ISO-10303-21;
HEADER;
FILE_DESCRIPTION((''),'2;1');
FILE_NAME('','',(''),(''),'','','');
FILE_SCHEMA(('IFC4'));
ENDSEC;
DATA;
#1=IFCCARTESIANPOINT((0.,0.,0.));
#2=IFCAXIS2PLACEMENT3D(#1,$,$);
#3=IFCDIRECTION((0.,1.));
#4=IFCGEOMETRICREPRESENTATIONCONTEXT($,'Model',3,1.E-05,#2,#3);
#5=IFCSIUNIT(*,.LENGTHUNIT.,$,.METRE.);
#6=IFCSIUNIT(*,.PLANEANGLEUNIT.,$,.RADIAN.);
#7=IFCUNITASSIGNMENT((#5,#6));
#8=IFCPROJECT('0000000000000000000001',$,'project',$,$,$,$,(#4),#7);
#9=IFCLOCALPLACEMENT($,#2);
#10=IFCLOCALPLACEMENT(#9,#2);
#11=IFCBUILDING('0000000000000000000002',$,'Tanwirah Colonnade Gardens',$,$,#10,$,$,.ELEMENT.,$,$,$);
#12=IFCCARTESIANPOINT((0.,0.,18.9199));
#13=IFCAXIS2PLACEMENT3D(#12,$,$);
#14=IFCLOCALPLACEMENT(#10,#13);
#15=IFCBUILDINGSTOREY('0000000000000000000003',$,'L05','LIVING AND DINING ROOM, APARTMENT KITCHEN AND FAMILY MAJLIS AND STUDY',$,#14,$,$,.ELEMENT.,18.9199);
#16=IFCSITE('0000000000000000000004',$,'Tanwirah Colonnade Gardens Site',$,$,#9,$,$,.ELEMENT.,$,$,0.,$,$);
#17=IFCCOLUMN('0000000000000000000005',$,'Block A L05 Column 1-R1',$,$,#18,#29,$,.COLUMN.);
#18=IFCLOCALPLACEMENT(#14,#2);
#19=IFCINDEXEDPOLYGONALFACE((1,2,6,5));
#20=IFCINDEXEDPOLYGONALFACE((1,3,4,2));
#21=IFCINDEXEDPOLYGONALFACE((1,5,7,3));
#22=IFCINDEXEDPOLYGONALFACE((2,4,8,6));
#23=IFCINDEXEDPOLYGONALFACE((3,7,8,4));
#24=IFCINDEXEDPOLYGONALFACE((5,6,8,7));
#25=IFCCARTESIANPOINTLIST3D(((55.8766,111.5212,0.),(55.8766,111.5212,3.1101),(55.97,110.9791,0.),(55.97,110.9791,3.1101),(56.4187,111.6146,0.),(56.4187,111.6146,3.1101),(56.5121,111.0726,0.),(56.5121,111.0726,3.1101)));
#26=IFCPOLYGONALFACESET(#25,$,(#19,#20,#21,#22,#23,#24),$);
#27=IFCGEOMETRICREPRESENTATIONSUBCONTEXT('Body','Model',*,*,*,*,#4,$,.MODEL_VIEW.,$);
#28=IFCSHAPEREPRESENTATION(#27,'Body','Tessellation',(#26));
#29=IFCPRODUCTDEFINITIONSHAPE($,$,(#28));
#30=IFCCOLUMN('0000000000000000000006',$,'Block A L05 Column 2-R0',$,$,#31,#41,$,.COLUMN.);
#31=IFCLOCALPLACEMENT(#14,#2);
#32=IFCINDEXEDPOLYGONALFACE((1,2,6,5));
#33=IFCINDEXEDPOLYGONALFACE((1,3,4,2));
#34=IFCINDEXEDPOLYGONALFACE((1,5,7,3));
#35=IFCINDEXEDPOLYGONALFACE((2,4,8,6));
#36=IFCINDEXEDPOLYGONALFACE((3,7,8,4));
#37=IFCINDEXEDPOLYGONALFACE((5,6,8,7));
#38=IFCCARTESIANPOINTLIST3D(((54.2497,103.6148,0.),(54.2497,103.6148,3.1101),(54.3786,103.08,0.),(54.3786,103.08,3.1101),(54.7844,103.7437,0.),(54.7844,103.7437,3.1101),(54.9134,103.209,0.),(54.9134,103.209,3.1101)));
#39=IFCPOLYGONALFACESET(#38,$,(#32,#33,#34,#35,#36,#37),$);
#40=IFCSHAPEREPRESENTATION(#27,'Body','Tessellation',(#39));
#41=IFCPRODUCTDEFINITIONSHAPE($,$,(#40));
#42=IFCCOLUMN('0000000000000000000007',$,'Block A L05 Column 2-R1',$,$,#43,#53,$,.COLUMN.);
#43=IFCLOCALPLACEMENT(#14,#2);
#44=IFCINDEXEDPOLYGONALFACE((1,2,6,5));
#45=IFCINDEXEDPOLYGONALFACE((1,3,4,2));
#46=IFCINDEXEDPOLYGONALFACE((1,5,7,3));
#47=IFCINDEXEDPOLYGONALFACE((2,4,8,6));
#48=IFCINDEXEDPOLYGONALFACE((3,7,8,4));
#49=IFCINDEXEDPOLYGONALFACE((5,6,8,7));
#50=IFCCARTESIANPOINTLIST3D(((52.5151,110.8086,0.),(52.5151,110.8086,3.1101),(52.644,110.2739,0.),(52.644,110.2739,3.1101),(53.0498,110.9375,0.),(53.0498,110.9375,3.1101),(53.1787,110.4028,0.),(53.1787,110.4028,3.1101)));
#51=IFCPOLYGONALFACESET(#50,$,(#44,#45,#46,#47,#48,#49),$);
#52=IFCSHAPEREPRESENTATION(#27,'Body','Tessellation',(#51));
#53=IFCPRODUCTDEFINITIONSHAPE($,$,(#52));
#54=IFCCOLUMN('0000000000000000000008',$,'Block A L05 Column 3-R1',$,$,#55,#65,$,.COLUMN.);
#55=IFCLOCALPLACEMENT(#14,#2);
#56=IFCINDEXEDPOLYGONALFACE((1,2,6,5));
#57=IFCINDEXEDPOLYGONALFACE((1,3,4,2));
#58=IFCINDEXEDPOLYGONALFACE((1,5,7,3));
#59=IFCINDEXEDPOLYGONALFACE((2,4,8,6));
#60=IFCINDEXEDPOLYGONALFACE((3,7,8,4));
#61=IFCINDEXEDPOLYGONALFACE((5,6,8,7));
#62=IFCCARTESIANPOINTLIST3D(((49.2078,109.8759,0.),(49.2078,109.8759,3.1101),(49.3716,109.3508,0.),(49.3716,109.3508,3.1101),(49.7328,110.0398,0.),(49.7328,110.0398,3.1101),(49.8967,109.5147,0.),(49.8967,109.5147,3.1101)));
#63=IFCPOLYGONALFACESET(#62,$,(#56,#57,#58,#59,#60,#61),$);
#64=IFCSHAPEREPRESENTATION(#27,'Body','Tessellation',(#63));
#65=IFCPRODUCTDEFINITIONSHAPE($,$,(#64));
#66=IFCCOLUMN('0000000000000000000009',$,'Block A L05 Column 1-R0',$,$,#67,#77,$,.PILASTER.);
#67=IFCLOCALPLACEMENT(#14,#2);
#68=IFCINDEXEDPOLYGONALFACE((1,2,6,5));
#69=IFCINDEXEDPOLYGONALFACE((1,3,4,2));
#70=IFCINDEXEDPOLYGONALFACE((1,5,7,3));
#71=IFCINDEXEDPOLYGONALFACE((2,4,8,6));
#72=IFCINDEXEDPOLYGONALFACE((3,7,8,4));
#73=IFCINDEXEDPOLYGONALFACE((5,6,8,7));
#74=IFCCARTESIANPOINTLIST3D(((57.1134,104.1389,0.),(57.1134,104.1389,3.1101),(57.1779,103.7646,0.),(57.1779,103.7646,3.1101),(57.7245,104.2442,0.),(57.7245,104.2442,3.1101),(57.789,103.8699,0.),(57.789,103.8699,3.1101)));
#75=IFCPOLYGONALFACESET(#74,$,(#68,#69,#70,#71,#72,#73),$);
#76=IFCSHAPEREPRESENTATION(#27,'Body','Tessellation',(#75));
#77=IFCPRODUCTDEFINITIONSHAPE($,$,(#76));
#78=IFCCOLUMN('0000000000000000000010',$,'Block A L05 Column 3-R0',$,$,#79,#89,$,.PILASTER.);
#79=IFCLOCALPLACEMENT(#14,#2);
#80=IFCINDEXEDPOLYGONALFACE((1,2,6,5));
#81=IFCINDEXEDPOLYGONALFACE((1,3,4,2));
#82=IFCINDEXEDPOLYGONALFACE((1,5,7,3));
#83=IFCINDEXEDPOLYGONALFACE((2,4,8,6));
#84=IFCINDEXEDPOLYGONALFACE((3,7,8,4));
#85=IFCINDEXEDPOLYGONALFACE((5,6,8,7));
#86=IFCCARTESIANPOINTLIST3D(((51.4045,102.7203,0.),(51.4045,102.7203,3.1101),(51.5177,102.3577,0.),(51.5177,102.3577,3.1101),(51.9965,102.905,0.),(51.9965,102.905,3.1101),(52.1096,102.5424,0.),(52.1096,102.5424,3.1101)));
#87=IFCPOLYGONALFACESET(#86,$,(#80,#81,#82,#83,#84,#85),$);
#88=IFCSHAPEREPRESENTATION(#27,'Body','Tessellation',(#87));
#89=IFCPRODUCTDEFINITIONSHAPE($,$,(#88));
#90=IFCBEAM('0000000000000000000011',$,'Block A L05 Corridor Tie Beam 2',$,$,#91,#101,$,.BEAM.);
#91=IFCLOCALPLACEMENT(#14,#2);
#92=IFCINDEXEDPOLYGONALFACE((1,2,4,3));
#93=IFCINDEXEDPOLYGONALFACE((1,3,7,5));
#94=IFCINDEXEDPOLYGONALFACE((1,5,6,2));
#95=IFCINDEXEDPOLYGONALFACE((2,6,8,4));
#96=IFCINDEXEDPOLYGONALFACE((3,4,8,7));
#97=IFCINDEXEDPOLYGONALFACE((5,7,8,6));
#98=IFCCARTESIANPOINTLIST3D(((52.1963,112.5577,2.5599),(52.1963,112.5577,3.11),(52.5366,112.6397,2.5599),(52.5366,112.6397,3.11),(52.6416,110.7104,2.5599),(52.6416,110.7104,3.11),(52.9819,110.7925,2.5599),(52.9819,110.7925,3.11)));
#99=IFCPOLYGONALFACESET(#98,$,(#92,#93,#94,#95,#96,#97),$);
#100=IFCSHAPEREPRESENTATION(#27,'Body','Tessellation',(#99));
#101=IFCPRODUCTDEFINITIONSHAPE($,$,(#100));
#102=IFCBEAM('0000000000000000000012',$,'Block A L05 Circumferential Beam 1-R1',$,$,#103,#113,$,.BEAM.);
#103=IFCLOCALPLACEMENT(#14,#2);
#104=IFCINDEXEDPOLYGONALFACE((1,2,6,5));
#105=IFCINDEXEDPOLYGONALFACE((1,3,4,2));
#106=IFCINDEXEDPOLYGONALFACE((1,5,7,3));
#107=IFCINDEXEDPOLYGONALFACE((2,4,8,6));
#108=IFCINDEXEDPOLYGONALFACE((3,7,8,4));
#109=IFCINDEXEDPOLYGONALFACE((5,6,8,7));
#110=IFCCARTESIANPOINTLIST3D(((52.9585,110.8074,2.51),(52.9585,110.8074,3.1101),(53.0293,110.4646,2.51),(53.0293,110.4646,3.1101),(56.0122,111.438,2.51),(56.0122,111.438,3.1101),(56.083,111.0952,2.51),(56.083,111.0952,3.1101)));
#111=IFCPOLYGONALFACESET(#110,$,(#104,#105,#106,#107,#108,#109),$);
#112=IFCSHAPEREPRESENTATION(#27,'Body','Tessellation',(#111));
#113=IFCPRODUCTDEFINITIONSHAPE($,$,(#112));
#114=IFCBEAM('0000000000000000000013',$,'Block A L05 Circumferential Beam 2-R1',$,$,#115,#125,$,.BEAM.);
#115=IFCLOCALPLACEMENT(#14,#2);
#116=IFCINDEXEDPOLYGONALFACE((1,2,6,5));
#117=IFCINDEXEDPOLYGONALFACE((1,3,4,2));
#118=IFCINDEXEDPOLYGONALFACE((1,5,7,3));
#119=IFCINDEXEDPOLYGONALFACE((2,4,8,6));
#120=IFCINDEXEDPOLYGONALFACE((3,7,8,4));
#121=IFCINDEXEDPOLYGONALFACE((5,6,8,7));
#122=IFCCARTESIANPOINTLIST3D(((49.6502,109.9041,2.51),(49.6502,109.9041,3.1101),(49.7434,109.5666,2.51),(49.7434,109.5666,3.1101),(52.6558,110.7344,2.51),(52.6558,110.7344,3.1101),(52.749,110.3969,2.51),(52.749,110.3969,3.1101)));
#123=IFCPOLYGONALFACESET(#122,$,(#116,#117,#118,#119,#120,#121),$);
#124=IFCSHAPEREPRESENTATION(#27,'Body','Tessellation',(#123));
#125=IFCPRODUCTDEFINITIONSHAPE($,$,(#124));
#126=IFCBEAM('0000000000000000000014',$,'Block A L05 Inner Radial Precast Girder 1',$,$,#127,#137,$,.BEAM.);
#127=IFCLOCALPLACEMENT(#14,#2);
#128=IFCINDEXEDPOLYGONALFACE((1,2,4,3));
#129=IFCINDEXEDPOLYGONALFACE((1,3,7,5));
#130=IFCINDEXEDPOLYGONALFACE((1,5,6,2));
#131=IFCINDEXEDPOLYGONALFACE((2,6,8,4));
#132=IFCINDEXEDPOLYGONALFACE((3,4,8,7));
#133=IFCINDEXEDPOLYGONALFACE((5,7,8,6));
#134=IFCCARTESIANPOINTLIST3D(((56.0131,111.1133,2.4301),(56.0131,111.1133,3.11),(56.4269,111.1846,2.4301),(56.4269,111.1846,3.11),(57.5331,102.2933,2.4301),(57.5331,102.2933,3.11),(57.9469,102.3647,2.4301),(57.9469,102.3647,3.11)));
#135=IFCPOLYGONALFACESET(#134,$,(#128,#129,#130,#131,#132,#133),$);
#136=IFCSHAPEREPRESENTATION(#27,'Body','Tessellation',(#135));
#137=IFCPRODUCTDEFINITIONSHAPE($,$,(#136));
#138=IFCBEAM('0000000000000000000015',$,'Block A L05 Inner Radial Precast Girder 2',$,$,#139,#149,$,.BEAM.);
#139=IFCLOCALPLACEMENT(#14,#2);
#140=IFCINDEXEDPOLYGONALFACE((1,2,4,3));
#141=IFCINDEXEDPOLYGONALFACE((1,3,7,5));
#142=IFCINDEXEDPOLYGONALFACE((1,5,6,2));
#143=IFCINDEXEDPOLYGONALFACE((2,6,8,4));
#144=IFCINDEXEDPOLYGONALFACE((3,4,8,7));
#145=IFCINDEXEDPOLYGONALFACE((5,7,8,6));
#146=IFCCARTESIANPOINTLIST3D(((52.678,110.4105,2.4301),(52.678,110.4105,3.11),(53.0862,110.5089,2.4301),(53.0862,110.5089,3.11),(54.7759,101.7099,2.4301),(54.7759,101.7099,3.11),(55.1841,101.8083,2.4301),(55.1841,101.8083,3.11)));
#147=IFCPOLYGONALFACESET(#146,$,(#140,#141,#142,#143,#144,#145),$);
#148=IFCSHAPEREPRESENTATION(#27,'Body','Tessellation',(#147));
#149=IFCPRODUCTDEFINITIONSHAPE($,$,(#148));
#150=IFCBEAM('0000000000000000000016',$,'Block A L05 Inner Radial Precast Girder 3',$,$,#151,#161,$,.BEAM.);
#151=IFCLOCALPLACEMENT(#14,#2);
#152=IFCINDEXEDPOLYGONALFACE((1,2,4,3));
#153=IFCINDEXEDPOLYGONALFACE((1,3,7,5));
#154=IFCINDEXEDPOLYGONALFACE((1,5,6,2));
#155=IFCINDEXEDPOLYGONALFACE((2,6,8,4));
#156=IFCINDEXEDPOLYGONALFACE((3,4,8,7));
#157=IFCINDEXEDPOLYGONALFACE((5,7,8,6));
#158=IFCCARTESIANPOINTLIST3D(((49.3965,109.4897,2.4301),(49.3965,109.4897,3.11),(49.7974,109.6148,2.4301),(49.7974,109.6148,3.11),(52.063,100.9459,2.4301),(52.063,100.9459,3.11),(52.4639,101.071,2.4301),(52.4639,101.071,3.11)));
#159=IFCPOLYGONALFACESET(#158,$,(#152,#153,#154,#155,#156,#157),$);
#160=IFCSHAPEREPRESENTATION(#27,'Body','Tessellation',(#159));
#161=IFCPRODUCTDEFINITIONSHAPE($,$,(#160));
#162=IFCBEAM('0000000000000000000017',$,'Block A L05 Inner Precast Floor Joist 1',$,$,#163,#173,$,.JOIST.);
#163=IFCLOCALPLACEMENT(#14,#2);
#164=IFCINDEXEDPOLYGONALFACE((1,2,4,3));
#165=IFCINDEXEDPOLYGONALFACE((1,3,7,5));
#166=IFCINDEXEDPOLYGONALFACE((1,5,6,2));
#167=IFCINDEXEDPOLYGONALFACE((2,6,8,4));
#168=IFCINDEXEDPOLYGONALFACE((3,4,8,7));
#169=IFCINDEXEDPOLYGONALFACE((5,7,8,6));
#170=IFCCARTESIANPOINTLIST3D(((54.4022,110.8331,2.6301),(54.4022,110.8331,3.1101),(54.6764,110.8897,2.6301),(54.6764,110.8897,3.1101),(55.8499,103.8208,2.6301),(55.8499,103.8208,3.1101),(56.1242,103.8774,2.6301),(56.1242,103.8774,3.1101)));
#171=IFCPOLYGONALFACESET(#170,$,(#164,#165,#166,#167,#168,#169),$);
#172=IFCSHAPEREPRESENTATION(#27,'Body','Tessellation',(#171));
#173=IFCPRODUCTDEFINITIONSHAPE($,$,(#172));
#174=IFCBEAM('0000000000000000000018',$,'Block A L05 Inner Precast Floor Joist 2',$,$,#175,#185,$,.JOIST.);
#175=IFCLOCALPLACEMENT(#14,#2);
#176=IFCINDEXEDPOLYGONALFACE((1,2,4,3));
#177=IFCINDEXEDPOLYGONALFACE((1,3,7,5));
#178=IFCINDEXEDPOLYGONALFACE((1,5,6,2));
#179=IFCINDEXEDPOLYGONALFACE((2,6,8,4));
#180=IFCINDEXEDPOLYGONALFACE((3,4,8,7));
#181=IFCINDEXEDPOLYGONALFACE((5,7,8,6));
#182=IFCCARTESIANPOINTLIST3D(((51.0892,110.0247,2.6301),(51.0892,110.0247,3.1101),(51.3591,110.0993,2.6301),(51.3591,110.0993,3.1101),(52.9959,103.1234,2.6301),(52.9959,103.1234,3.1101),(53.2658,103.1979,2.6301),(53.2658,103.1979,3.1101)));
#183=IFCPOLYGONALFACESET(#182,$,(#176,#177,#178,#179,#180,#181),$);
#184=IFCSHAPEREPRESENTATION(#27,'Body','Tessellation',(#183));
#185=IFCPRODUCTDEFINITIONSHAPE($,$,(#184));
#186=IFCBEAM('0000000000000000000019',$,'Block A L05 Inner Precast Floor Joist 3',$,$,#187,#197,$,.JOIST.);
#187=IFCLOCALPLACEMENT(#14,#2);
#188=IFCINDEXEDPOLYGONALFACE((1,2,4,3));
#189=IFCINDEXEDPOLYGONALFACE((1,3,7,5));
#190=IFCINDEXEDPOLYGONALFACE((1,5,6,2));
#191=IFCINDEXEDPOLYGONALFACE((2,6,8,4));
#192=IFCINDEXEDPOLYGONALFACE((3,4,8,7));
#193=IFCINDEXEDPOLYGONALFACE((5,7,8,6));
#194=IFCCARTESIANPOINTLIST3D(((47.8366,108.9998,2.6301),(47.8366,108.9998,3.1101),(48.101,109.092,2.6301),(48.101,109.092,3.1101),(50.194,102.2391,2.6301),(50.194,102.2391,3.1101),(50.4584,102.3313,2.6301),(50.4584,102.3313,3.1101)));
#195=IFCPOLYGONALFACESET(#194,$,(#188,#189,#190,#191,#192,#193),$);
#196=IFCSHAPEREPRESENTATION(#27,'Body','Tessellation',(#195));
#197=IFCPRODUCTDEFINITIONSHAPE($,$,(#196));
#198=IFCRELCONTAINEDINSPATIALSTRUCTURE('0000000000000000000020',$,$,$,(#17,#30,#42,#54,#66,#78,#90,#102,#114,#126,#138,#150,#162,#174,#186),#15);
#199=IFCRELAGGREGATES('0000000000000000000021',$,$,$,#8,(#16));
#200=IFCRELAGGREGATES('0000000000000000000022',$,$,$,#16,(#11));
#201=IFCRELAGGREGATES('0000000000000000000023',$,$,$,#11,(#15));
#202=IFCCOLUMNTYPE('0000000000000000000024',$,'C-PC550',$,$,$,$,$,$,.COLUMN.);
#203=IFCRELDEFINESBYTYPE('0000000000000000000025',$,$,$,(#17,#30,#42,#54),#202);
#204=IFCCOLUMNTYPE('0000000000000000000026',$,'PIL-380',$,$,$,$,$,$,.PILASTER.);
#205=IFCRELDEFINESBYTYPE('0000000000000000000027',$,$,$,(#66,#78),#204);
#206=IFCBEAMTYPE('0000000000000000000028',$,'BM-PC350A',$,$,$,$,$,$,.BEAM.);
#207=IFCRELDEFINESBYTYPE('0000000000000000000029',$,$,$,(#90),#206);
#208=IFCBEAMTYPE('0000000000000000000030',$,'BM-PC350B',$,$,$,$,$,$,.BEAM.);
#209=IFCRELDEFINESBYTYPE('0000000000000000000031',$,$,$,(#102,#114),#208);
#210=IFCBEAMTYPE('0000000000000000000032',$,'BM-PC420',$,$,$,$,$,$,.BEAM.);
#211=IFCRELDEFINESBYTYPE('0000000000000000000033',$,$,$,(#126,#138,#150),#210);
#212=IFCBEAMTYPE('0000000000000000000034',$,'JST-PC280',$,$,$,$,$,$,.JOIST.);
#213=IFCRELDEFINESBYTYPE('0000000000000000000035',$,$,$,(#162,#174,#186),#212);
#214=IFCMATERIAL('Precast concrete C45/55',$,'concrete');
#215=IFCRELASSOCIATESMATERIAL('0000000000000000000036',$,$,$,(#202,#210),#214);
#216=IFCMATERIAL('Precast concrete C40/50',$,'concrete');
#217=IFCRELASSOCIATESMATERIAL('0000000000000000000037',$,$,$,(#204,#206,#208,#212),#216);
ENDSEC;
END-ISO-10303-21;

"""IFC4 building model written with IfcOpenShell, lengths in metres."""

from ifc_helpers import new_model, si_unit, direction, frame, origin, origin_2d, place, context, subcontext, project, spatial, rectangle, extrude, material, material_profile, profile_set, type_object, element, save


model = new_model("IFC4")

# Units and contexts
model_context = context("Model", 3, precision=1e-05, world=origin(), true_north=direction((0.0, 1.0)))
body_context = subcontext(model_context, "Body", "Model", "MODEL_VIEW")
ifc_project = project(units=[si_unit("LENGTHUNIT", "METRE"), si_unit("PLANEANGLEUNIT", "RADIAN")], contexts=[model_context])

# Site, building, storey
site_placement = place(None, origin())
site = spatial("IfcSite", under=ifc_project, at=site_placement, Name="Tanwirah Colonnade Gardens Site", CompositionType="ELEMENT", RefElevation=0.0)
building_placement = place(site_placement, origin())
building = spatial("IfcBuilding", under=site, at=building_placement, Name="Tanwirah Colonnade Gardens", CompositionType="ELEMENT")
storey_placement = place(building_placement, frame((0.0, 0.0, 18.9199)))
storey = spatial("IfcBuildingStorey", under=building, at=storey_placement, Name="L05", Description="LIVING AND DINING ROOM, APARTMENT KITCHEN AND FAMILY MAJLIS AND STUDY", CompositionType="ELEMENT", Elevation=18.9199)

# Columns
ifc_material_1 = material(Name="Precast concrete C45/55", Category="concrete")
ifc_material_profile_1 = material_profile(ifc_material_1, rectangle(XDim=0.55, YDim=0.55, at=origin_2d()), Name="PC-COL 550x550")
ifc_profile_set_1 = profile_set([ifc_material_profile_1], Name="Precast concrete C45/55")
column_type_1 = type_object("IfcColumnType", Name="C-PC550", PredefinedType="COLUMN", material=ifc_profile_set_1)
for number, where, z_axis, x_axis, name in (
    (1, (56.1943, 111.2969, 0.0), (0.0, 0.0, 1.0), (-0.169827, 0.985474, 0.0), "Block A L05 Column 1-R1"),
    (2, (54.5815, 103.4119, 0.0), (0.0, 0.0, 1.0), (-0.234388, 0.972143, 0.0), "Block A L05 Column 2-R0"),
    (3, (52.8469, 110.6057, 0.0), (0.0, 0.0, 1.0), (-0.234388, 0.972143, 0.0), "Block A L05 Column 2-R1"),
    (4, (49.5522, 109.6953, 0.0), (0.0, 0.0, 1.0), (-0.29793, 0.954588, 0.0), "Block A L05 Column 3-R1"),
):
    element("IfcColumn", number, at=place(storey_placement, frame(where, z_axis=z_axis, x_axis=x_axis)), inside=storey, type_object=column_type_1, Name=name, PredefinedType="COLUMN", context=body_context, shape_type="SweptSolid", body=[
        extrude(rectangle(XDim=0.55, YDim=0.55, at=origin_2d()), origin(), (0.0, 0.0, 1.0), 3.1101),
    ])
ifc_material_2 = material(Name="Precast concrete C40/50", Category="concrete")
ifc_material_profile_2 = material_profile(ifc_material_2, rectangle(XDim=0.3799, YDim=0.6201, at=origin_2d()), Name="PC-PIL 380x620")
ifc_profile_set_2 = profile_set([ifc_material_profile_2], Name="Precast concrete C40/50")
column_type_2 = type_object("IfcColumnType", Name="PIL-380", PredefinedType="PILASTER", material=ifc_profile_set_2)
for number, where, z_axis, x_axis, name in (
    (5, (57.4512, 104.0044, 0.0), (0.0, 0.0, 1.0), (-0.169827, 0.985474, 0.0), "Block A L05 Column 1-R0"),
    (6, (51.7571, 102.6313, 0.0), (0.0, 0.0, 1.0), (-0.29793, 0.954588, 0.0), "Block A L05 Column 3-R0"),
):
    element("IfcColumn", number, at=place(storey_placement, frame(where, z_axis=z_axis, x_axis=x_axis)), inside=storey, type_object=column_type_2, Name=name, PredefinedType="PILASTER", context=body_context, shape_type="SweptSolid", body=[
        extrude(rectangle(XDim=0.3799, YDim=0.6201, at=origin_2d()), origin(), (0.0, 0.0, 1.0), 3.1101),
    ])

# Beams
ifc_material_profile_3 = material_profile(ifc_material_2, rectangle(XDim=0.3501, YDim=0.55, at=origin_2d()), Name="PC-BM 350x550")
ifc_profile_set_3 = profile_set([ifc_material_profile_3], Name="Precast concrete C40/50")
beam_type_1 = type_object("IfcBeamType", Name="BM-PC350A", PredefinedType="BEAM", material=ifc_profile_set_3)
beam_1_placement = place(storey_placement, frame((52.8118, 110.7515, 2.835), z_axis=(-0.234364, 0.972149, 0.0), x_axis=(-0.972149, -0.234364, 0.0)))
element("IfcBeam", 7, at=beam_1_placement, inside=storey, type_object=beam_type_1, Name="Block A L05 Corridor Tie Beam 2", PredefinedType="BEAM", context=body_context, shape_type="SweptSolid", body=[
    extrude(rectangle(XDim=0.3501, YDim=0.55, at=origin_2d()), origin(), (0.0, 0.0, 1.0), 1.9001),
])
ifc_material_profile_4 = material_profile(ifc_material_2, rectangle(XDim=0.3501, YDim=0.6001, at=origin_2d()), Name="PC-BM 350x600")
ifc_profile_set_4 = profile_set([ifc_material_profile_4], Name="Precast concrete C40/50")
beam_type_2 = type_object("IfcBeamType", Name="BM-PC350B", PredefinedType="BEAM", material=ifc_profile_set_4)
for number, where, z_axis, x_axis, name in (
    (8, (56.0476, 111.2666, 2.8101), (-0.979336, -0.202241, 0.0), (0.202241, -0.979336, 0.0), "Block A L05 Circumferential Beam 1-R1"),
    (9, (52.7024, 110.5657, 2.8101), (-0.963895, -0.266283, 0.0), (0.266283, -0.963895, 0.0), "Block A L05 Circumferential Beam 2-R1"),
):
    element("IfcBeam", number, at=place(storey_placement, frame(where, z_axis=z_axis, x_axis=x_axis)), inside=storey, type_object=beam_type_2, Name=name, PredefinedType="BEAM", context=body_context, shape_type="SweptSolid", body=[
        extrude(rectangle(XDim=0.3501, YDim=0.6001, at=origin_2d()), origin(), (0.0, 0.0, 1.0), 3.1182),
    ])
ifc_material_profile_5 = material_profile(ifc_material_1, rectangle(XDim=0.4199, YDim=0.6799, at=origin_2d()), Name="PC-BM 420x680")
ifc_profile_set_5 = profile_set([ifc_material_profile_5], Name="Precast concrete C45/55")
beam_type_3 = type_object("IfcBeamType", Name="BM-PC420", PredefinedType="BEAM", material=ifc_profile_set_5)
for number, where, z_axis, x_axis, name in (
    (10, (56.22, 111.1489, 2.77), (0.169837, -0.985472, 0.0), (0.985472, 0.169837, 0.0), "Block A L05 Inner Radial Precast Girder 1"),
    (11, (52.8821, 110.4597, 2.77), (0.234401, -0.97214, 0.0), (0.97214, 0.234401, 0.0), "Block A L05 Inner Radial Precast Girder 2"),
):
    element("IfcBeam", number, at=place(storey_placement, frame(where, z_axis=z_axis, x_axis=x_axis)), inside=storey, type_object=beam_type_3, Name=name, PredefinedType="BEAM", context=body_context, shape_type="SweptSolid", body=[
        extrude(rectangle(XDim=0.4199, YDim=0.6799, at=origin_2d()), origin(), (0.0, 0.0, 1.0), 8.95),
    ])
beam_2_placement = place(storey_placement, frame((49.5969, 109.5522, 2.77), z_axis=(0.297929, -0.954588, 0.0), x_axis=(0.954588, 0.297929, 0.0)))
element("IfcBeam", 12, at=beam_2_placement, inside=storey, type_object=beam_type_3, Name="Block A L05 Inner Radial Precast Girder 3", PredefinedType="BEAM", context=body_context, shape_type="SweptSolid", body=[
    extrude(rectangle(XDim=0.4199, YDim=0.6799, at=origin_2d()), origin(), (0.0, 0.0, 1.0), 8.9502),
])
ifc_material_profile_6 = material_profile(ifc_material_2, rectangle(XDim=0.28, YDim=0.48, at=origin_2d()), Name="PC-JST 280x480")
ifc_profile_set_6 = profile_set([ifc_material_profile_6], Name="Precast concrete C40/50")
beam_type_4 = type_object("IfcBeamType", Name="JST-PC280", PredefinedType="JOIST", material=ifc_profile_set_6)
beam_3_placement = place(storey_placement, frame((55.9871, 103.8491, 2.8701), z_axis=(-0.202197, 0.979345, 0.0), x_axis=(-0.979345, -0.202197, 0.0)))
element("IfcBeam", 13, at=beam_3_placement, inside=storey, type_object=beam_type_4, Name="Block A L05 Inner Precast Floor Joist 1", PredefinedType="JOIST", context=body_context, shape_type="SweptSolid", body=[
    extrude(rectangle(XDim=0.28, YDim=0.48, at=origin_2d()), origin(), (0.0, 0.0, 1.0), 7.1602),
])
for number, where, z_axis, x_axis, name in (
    (14, (53.1309, 103.1606, 2.8701), (-0.266307, 0.963888, 0.0), (-0.963888, -0.266307, 0.0), "Block A L05 Inner Precast Floor Joist 2"),
    (15, (50.3262, 102.2852, 2.8701), (-0.329251, 0.944243, 0.0), (-0.944243, -0.329251, 0.0), "Block A L05 Inner Precast Floor Joist 3"),
):
    element("IfcBeam", number, at=place(storey_placement, frame(where, z_axis=z_axis, x_axis=x_axis)), inside=storey, type_object=beam_type_4, Name=name, PredefinedType="JOIST", context=body_context, shape_type="SweptSolid", body=[
        extrude(rectangle(XDim=0.28, YDim=0.48, at=origin_2d()), origin(), (0.0, 0.0, 1.0), 7.1599),
    ])

save(model, "model.ifc")
